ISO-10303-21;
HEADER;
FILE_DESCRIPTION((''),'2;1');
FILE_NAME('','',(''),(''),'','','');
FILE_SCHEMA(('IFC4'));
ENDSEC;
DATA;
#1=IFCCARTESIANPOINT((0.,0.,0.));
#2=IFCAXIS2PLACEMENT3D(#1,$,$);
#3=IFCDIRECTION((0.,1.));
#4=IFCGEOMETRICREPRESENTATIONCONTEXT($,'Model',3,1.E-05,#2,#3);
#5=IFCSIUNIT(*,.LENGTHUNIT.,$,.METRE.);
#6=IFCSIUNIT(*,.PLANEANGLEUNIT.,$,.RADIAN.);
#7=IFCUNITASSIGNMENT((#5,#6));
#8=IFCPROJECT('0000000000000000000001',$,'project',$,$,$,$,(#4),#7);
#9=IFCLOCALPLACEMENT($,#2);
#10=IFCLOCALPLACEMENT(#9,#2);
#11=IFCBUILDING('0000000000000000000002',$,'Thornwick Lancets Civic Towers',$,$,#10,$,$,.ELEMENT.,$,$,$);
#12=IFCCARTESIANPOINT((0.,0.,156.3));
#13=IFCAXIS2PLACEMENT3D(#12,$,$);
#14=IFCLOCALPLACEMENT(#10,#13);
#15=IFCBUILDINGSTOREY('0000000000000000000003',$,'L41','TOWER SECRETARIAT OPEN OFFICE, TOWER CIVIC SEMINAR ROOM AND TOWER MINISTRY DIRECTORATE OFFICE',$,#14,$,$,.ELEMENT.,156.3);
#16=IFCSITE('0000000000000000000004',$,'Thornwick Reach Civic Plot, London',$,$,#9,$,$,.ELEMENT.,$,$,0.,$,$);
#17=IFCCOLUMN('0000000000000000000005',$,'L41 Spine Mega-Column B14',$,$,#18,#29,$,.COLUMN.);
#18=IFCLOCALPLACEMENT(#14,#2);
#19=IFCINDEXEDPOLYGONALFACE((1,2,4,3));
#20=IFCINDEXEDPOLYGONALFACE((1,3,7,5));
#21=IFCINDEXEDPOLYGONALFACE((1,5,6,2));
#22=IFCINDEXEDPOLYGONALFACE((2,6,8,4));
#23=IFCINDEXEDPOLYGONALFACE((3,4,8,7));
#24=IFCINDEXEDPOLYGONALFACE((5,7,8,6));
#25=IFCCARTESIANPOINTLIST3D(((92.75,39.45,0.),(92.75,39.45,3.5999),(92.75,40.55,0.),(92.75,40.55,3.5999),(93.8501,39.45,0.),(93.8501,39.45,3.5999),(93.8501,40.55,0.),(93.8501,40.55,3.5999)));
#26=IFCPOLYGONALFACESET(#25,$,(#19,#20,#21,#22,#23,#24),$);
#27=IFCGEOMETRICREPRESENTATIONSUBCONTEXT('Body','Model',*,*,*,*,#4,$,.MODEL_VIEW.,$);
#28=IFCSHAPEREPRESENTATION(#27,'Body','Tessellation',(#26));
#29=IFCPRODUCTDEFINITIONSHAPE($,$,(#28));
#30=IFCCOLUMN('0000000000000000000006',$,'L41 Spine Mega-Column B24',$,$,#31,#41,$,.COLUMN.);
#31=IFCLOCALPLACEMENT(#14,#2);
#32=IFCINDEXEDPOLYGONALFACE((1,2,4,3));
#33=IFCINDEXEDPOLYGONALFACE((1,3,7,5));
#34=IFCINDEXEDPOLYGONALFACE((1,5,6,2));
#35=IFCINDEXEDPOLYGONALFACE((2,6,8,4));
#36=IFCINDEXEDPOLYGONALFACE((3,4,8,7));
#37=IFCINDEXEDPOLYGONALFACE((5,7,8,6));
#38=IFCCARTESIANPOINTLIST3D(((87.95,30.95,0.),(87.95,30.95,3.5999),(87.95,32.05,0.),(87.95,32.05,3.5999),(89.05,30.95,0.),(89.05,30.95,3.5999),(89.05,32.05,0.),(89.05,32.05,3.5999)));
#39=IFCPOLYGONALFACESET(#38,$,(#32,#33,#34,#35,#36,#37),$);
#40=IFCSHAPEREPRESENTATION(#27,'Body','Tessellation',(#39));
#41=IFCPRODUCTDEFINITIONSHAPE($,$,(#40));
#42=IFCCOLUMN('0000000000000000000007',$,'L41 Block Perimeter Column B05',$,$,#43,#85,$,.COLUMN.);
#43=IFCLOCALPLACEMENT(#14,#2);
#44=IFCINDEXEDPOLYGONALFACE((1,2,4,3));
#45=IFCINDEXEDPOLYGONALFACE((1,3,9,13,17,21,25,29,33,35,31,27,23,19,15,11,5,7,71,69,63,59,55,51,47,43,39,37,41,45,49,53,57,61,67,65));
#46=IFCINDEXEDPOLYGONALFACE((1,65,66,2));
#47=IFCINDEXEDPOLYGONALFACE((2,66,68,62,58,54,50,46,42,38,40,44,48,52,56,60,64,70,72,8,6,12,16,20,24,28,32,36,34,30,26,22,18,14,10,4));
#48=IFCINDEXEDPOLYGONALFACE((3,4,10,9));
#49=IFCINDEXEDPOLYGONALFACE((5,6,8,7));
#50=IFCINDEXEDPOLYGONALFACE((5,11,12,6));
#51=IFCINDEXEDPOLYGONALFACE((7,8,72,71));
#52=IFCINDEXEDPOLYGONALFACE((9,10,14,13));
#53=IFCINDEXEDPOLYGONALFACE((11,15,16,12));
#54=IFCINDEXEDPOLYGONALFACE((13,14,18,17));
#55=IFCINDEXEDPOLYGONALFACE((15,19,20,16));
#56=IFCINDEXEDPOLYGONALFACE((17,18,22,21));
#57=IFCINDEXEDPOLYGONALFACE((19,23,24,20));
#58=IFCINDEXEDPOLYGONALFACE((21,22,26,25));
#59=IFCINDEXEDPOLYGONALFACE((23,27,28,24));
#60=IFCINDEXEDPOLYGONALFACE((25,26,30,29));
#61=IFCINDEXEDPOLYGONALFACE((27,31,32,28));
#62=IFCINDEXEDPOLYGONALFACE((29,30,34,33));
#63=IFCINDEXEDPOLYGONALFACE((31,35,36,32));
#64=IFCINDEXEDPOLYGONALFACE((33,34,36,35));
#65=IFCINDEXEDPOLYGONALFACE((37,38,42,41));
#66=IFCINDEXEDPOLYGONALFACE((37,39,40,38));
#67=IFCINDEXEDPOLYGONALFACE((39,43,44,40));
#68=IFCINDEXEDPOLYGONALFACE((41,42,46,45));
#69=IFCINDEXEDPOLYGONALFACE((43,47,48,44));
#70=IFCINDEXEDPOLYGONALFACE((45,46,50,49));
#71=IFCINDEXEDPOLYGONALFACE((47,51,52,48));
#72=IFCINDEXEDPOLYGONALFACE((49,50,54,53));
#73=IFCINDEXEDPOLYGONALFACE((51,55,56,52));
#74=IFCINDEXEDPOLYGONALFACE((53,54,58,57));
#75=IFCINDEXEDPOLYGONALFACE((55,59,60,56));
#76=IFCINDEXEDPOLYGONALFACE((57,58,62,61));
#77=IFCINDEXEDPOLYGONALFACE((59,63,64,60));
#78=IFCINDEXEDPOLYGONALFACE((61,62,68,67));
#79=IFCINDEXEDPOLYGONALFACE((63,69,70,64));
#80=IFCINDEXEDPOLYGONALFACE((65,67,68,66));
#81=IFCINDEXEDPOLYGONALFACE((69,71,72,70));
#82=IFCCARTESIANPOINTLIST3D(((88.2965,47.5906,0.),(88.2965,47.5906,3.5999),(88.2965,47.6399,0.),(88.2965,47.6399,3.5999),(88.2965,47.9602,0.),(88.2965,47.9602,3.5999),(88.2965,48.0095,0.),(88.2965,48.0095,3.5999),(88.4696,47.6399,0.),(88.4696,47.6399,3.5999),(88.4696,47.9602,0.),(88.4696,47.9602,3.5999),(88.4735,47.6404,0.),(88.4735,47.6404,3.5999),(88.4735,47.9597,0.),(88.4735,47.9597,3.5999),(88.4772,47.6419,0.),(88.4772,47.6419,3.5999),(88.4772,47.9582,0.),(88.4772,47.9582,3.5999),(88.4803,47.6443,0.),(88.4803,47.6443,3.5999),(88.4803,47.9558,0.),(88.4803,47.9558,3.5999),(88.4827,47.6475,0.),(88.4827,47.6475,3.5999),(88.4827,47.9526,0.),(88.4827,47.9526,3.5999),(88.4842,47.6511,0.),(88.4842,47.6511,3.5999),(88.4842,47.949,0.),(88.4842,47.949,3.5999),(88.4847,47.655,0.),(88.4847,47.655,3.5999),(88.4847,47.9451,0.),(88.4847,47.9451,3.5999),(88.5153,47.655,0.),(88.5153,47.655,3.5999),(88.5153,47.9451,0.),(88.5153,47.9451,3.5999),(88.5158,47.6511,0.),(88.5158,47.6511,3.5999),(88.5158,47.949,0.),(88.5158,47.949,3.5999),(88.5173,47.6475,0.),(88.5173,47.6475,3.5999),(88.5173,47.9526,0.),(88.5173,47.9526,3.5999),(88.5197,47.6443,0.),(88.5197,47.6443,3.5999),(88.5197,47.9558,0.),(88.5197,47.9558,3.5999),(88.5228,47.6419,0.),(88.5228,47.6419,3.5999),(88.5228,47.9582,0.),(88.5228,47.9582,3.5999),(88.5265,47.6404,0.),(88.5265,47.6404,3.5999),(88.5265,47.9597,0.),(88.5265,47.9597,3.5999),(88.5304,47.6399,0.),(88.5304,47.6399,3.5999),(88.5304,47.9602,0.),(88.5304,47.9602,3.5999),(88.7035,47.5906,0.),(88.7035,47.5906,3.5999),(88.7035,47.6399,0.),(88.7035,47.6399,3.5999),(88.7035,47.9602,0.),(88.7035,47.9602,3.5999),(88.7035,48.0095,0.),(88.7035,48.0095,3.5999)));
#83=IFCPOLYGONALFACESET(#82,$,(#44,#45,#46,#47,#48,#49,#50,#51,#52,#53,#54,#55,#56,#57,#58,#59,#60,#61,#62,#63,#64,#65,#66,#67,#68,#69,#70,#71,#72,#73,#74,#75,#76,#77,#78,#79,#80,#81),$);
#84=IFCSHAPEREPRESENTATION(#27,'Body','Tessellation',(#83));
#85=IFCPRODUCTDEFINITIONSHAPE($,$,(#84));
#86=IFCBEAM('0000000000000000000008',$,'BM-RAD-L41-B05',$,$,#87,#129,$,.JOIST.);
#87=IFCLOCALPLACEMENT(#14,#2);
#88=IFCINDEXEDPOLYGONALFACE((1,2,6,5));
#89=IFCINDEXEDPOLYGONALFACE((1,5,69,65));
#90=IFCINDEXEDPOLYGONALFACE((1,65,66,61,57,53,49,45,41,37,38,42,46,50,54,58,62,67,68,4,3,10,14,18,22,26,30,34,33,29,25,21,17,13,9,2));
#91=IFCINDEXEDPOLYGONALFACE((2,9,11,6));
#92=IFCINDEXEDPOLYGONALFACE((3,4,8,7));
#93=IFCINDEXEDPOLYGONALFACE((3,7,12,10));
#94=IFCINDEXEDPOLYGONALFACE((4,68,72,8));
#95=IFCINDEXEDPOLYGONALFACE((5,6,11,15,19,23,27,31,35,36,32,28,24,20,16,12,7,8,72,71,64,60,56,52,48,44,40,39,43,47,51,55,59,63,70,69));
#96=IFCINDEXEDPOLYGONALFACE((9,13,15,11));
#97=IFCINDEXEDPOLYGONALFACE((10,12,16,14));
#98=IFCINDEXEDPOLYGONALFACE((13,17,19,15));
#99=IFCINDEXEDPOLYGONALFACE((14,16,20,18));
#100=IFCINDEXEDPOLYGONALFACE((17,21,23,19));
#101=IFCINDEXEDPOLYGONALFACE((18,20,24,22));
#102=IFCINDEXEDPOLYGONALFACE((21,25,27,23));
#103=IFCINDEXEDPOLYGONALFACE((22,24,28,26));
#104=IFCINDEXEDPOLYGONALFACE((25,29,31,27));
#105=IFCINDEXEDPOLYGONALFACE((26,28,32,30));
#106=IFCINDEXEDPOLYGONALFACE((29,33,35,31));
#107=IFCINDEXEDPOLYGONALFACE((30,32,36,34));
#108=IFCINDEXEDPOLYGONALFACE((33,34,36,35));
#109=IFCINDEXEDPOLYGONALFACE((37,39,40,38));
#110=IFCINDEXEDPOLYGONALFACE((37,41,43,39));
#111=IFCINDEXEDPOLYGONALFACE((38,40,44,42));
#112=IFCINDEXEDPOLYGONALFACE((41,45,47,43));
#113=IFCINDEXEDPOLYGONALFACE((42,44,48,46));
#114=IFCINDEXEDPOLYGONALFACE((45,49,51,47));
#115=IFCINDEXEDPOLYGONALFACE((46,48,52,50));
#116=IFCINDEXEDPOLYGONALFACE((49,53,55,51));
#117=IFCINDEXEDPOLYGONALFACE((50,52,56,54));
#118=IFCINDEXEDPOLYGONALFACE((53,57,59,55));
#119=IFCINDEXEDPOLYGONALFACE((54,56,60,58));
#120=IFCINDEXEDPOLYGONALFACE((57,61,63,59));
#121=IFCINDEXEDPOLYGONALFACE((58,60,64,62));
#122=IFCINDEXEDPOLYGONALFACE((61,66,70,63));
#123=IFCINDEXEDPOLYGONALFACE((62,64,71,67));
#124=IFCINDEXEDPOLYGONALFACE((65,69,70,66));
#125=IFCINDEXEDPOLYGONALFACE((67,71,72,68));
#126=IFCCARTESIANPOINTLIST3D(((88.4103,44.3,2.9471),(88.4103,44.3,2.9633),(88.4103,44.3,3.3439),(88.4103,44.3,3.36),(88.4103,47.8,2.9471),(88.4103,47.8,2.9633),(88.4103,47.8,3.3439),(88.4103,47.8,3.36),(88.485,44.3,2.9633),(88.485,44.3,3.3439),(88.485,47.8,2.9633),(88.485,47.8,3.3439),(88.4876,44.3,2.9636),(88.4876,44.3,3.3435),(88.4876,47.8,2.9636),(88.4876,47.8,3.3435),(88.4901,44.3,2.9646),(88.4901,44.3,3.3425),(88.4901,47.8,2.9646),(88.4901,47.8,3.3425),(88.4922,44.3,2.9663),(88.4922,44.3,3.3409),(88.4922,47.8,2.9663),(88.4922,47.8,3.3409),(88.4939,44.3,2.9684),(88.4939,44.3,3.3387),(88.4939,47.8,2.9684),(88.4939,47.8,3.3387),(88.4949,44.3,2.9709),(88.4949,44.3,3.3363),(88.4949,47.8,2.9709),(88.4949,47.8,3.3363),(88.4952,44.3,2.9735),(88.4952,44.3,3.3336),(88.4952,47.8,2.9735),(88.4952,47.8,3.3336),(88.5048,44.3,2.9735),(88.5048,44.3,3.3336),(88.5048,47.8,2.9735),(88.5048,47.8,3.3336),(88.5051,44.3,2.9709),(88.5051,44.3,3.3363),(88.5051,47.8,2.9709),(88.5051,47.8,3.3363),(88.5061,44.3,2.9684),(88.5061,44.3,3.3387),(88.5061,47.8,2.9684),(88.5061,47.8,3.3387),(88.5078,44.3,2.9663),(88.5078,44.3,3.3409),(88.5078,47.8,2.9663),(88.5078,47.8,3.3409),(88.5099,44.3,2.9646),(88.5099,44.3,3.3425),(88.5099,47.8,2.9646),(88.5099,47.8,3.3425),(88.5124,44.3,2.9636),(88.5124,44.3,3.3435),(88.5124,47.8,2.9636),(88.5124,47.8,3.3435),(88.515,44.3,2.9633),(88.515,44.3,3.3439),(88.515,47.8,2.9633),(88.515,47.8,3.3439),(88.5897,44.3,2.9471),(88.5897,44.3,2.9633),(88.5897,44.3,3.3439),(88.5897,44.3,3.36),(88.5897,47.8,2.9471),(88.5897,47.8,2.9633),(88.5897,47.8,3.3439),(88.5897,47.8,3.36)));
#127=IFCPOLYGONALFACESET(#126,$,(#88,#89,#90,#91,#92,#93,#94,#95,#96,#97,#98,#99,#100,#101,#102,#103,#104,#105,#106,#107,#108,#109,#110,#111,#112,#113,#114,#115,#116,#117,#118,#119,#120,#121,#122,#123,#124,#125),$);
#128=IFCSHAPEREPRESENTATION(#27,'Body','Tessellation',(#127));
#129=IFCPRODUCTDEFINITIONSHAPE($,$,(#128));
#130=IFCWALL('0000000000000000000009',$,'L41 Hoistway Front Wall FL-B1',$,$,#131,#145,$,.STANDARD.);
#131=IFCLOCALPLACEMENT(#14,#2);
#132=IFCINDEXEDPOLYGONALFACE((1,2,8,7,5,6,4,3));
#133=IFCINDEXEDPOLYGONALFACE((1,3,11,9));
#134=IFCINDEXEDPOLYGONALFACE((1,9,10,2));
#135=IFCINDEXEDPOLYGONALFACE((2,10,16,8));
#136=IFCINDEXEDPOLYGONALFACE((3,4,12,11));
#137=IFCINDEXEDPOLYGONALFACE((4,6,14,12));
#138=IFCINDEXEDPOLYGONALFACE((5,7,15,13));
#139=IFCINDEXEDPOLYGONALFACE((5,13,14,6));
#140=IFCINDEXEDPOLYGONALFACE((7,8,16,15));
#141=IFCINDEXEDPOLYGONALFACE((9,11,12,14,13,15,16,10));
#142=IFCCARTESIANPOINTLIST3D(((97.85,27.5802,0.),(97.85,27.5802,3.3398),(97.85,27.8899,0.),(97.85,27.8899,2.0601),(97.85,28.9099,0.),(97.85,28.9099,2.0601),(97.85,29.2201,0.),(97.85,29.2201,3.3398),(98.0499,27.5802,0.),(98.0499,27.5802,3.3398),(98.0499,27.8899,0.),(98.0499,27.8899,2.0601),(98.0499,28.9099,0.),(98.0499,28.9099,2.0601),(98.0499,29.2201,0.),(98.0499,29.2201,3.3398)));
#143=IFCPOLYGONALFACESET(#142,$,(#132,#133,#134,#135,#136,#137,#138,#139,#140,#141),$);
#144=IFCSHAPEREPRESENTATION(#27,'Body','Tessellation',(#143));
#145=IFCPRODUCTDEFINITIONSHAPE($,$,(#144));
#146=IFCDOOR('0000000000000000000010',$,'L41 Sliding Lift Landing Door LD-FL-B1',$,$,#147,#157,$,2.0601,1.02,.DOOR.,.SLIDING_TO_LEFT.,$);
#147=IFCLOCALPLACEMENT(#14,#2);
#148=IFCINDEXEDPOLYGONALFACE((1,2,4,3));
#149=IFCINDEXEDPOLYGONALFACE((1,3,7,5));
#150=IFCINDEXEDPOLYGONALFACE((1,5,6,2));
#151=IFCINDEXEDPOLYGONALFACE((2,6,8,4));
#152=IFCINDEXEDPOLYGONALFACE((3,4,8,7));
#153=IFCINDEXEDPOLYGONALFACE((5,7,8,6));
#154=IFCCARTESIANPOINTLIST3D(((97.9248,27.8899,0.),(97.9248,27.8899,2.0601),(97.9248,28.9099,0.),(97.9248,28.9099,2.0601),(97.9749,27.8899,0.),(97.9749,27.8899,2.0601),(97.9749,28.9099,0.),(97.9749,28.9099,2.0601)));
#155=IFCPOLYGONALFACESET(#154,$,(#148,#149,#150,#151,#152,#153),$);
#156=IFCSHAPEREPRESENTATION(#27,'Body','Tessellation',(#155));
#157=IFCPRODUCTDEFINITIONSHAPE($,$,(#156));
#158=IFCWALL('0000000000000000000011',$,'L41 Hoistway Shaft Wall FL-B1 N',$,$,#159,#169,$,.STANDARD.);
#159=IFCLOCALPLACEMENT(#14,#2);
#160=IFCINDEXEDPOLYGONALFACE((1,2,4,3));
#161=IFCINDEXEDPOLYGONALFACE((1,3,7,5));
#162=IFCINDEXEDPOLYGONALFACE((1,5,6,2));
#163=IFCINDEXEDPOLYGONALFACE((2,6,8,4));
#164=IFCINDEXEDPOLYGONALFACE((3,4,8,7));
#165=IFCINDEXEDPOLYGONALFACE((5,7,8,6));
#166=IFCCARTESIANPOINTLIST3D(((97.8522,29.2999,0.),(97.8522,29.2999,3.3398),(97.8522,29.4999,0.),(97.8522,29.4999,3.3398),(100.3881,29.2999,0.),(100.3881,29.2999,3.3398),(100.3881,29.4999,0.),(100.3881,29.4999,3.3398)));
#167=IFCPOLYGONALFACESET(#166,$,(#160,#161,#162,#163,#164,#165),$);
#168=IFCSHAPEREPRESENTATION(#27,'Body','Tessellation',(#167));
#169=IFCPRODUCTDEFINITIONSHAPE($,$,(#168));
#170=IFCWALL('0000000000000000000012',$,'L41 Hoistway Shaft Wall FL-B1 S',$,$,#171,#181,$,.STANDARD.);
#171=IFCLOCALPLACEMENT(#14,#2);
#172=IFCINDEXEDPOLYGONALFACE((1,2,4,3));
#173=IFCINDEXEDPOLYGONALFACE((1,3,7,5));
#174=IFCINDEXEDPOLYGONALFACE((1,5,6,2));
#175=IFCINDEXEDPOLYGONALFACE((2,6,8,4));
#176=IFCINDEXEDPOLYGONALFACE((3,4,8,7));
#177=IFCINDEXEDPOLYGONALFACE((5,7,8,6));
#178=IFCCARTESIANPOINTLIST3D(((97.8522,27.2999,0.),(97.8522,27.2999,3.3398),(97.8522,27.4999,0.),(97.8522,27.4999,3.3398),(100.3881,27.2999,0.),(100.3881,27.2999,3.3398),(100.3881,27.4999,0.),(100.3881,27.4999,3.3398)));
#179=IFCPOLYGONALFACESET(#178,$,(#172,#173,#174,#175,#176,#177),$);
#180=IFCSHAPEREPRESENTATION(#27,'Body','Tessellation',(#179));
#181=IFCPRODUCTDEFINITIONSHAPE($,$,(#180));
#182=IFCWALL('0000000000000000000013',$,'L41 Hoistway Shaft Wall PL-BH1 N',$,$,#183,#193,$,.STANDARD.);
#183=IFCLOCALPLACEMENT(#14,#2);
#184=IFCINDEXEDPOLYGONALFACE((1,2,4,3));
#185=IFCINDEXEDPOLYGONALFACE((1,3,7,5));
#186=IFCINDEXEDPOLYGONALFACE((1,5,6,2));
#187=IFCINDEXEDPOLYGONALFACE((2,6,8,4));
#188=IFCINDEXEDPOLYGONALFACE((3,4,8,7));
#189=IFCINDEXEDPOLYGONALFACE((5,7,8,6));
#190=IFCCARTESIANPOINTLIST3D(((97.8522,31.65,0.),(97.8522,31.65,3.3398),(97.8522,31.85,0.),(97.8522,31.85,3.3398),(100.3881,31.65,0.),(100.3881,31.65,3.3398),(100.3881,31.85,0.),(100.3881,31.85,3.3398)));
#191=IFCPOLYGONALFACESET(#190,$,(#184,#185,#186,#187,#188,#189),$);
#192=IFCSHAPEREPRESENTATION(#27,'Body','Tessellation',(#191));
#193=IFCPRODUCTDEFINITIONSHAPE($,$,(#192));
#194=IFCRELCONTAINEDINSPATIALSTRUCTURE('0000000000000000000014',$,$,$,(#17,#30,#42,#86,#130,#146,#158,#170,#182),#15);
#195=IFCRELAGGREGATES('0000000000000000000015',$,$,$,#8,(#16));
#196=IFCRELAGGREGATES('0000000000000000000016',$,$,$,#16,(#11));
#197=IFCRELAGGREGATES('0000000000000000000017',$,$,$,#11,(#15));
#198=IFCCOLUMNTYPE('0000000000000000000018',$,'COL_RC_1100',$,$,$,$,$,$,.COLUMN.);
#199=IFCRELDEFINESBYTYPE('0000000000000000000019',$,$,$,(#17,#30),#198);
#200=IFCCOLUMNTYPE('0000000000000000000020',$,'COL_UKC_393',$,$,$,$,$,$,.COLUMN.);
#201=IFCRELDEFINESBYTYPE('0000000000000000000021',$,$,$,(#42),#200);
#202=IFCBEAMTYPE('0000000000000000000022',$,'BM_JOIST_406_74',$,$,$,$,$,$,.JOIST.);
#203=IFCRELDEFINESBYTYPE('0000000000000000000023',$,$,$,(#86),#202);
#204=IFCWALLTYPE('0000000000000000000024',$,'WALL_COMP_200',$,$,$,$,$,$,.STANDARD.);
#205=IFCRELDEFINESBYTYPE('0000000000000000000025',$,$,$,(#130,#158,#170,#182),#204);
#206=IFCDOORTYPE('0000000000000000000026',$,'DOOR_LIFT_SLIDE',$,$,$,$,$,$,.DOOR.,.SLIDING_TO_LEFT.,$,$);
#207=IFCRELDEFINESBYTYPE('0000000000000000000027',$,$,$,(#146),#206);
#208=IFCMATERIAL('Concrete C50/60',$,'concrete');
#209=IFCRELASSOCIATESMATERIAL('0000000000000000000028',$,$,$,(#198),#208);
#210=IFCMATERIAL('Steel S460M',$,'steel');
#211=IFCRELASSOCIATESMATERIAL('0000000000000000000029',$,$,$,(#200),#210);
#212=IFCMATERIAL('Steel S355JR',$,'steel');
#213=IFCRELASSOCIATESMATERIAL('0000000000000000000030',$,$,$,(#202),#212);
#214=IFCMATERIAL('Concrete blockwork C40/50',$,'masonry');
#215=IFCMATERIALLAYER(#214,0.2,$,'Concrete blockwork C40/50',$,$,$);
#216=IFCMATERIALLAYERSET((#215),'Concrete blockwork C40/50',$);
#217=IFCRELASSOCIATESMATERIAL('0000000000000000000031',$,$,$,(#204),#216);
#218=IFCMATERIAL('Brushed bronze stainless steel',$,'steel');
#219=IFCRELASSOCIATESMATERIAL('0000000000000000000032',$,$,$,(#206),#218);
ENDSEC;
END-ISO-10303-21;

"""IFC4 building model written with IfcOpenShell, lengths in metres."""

from ifc_helpers import new_model, si_unit, direction, frame, frame_2d, origin, origin_2d, place, context, subcontext, project, spatial, rectangle, i_section, extrude, material, layer, layer_set, material_profile, profile_set, type_object, element, fill, save


model = new_model("IFC4")

# Units and contexts
model_context = context("Model", 3, precision=1e-05, world=origin(), true_north=direction((0.0, 1.0)))
body_context = subcontext(model_context, "Body", "Model", "MODEL_VIEW")
ifc_project = project(units=[si_unit("LENGTHUNIT", "METRE"), si_unit("PLANEANGLEUNIT", "RADIAN")], contexts=[model_context])

# Site, building, storey
site_placement = place(None, origin())
site = spatial("IfcSite", under=ifc_project, at=site_placement, Name="Thornwick Reach Civic Plot, London", CompositionType="ELEMENT", RefElevation=0.0)
building_placement = place(site_placement, origin())
building = spatial("IfcBuilding", under=site, at=building_placement, Name="Thornwick Lancets Civic Towers", CompositionType="ELEMENT")
storey_placement = place(building_placement, frame((0.0, 0.0, 156.3)))
storey = spatial("IfcBuildingStorey", under=building, at=storey_placement, Name="L41", Description="TOWER SECRETARIAT OPEN OFFICE, TOWER CIVIC SEMINAR ROOM AND TOWER MINISTRY DIRECTORATE OFFICE", CompositionType="ELEMENT", Elevation=156.3)

# Columns
ifc_material_1 = material(Name="Concrete C50/60", Category="concrete")
ifc_material_profile_1 = material_profile(ifc_material_1, rectangle(XDim=1.1001, YDim=1.1001, at=origin_2d()), Name="RC 1100x1100")
ifc_profile_set_1 = profile_set([ifc_material_profile_1], Name="Concrete C50/60")
column_type_1 = type_object("IfcColumnType", Name="COL_RC_1100", PredefinedType="COLUMN", material=ifc_profile_set_1)
for number, where, z_axis, x_axis, name in (
    (1, (93.3, 40.0, 0.0), (0.0, 0.0, 1.0), (1.0, 0.0, 0.0), "L41 Spine Mega-Column B14"),
    (2, (88.5, 31.5, 0.0), (0.0, 0.0, 1.0), (1.0, 0.0, 0.0), "L41 Spine Mega-Column B24"),
):
    element("IfcColumn", number, at=place(storey_placement, frame(where, z_axis=z_axis, x_axis=x_axis)), inside=storey, type_object=column_type_1, Name=name, PredefinedType="COLUMN", context=body_context, shape_type="SweptSolid", body=[
        extrude(rectangle(XDim=1.1001, YDim=1.1001, at=origin_2d()), origin(), (0.0, 0.0, 1.0), 3.5999),
    ])
ifc_material_2 = material(Name="Steel S460M", Category="steel")
ifc_material_profile_2 = material_profile(ifc_material_2, i_section(OverallWidth=0.407, OverallDepth=0.4189, WebThickness=0.0305, FlangeThickness=0.0493, FilletRadius=0.0151, at=origin_2d()), Name="UKC 356x406x393")
ifc_profile_set_2 = profile_set([ifc_material_profile_2], Name="Steel S460M")
column_type_2 = type_object("IfcColumnType", Name="COL_UKC_393", PredefinedType="COLUMN", material=ifc_profile_set_2)
column_placement = place(storey_placement, frame((88.5, 47.8, 0.0), z_axis=(0.0, 0.0, 1.0), x_axis=(1.0, 0.0, 0.0)))
element("IfcColumn", 3, at=column_placement, inside=storey, type_object=column_type_2, Name="L41 Block Perimeter Column B05", PredefinedType="COLUMN", context=body_context, shape_type="SweptSolid", body=[
    extrude(i_section(OverallWidth=0.407, OverallDepth=0.4189, WebThickness=0.0305, FlangeThickness=0.0493, FilletRadius=0.0151, at=origin_2d()), origin(), (0.0, 0.0, 1.0), 3.5999),
])

# Beam
ifc_material_3 = material(Name="Steel S355JR", Category="steel")
ifc_material_profile_3 = material_profile(ifc_material_3, i_section(OverallWidth=0.1794, OverallDepth=0.4128, WebThickness=0.0095, FlangeThickness=0.0161, FilletRadius=0.0103, at=origin_2d()), Name="UKB 406x178x74")
ifc_profile_set_3 = profile_set([ifc_material_profile_3], Name="Steel S355JR")
beam_type = type_object("IfcBeamType", Name="BM_JOIST_406_74", PredefinedType="JOIST", material=ifc_profile_set_3)
beam_placement = place(storey_placement, frame((88.5, 44.3, 3.1536), z_axis=(0.0, 1.0, 0.0), x_axis=(-1.0, 0.0, 0.0)))
element("IfcBeam", 4, at=beam_placement, inside=storey, type_object=beam_type, Name="BM-RAD-L41-B05", PredefinedType="JOIST", context=body_context, shape_type="SweptSolid", body=[
    extrude(i_section(OverallWidth=0.1794, OverallDepth=0.4128, WebThickness=0.0095, FlangeThickness=0.0161, FilletRadius=0.0103, at=origin_2d()), origin(), (0.0, 0.0, 1.0), 3.5),
])

# Wall, opening, door
ifc_material_4 = material(Name="Concrete blockwork C40/50", Category="masonry")
ifc_layer_1 = layer(ifc_material_4, 0.2, Name="Concrete blockwork C40/50")
ifc_layer_set_1 = layer_set([ifc_layer_1], Name="Concrete blockwork C40/50")
wall_type_1 = type_object("IfcWallType", Name="WALL_COMP_200", PredefinedType="STANDARD", material=ifc_layer_set_1)
wall_1_placement = place(storey_placement, frame((97.95, 29.22, 0.0), z_axis=(0.0, 0.0, 1.0), x_axis=(0.0, -1.0, 0.0)))
wall_1 = element("IfcWall", 5, at=wall_1_placement, inside=storey, type_object=wall_type_1, Name="L41 Hoistway Front Wall FL-B1", PredefinedType="STANDARD", context=body_context, shape_type="SweptSolid", body=[
    extrude(rectangle(XDim=1.6399, YDim=0.2, at=frame_2d((0.8198, 0.0))), origin(), (0.0, 0.0, 1.0), 3.3398),
])
opening_1_placement = place(wall_1_placement, frame((0.3101, 0.0, 0.0)))
opening_1 = element("IfcOpeningElement", 6, at=opening_1_placement, cuts=wall_1, PredefinedType="OPENING", context=body_context, shape_type="SweptSolid", body=[
    extrude(rectangle(XDim=1.02, YDim=2.0601, at=frame_2d((0.51, 1.03))), frame((0.0, 0.1099, 0.0), z_axis=(0.0, -1.0, 0.0), x_axis=(1.0, 0.0, 0.0)), (0.0, 0.0, 1.0), 0.22),
])
ifc_material_5 = material(Name="Brushed bronze stainless steel", Category="steel")
door_type_1 = type_object("IfcDoorType", Name="DOOR_LIFT_SLIDE", OperationType="SLIDING_TO_LEFT", PredefinedType="DOOR", material=ifc_material_5)
door_1_placement = place(opening_1_placement, origin())
door_1 = element("IfcDoor", 7, at=door_1_placement, inside=storey, type_object=door_type_1, Name="L41 Sliding Lift Landing Door LD-FL-B1", OperationType="SLIDING_TO_LEFT", OverallHeight=2.0601, OverallWidth=1.02, PredefinedType="DOOR", context=body_context, shape_type="SweptSolid", body=[
    extrude(rectangle(XDim=1.02, YDim=2.0601, at=frame_2d((0.51, 1.03))), frame((0.0, 0.0249, 0.0), z_axis=(0.0, -1.0, 0.0), x_axis=(1.0, 0.0, 0.0)), (0.0, 0.0, 1.0), 0.05),
])
fill(opening_1, door_1)

# Walls
for number, where, z_axis, x_axis, name in (
    (8, (97.8521, 29.3999, 0.0), (0.0, 0.0, 1.0), (1.0, 0.0, 0.0), "L41 Hoistway Shaft Wall FL-B1 N"),
    (9, (97.8521, 27.3999, 0.0), (0.0, 0.0, 1.0), (1.0, 0.0, 0.0), "L41 Hoistway Shaft Wall FL-B1 S"),
    (10, (97.8521, 31.75, 0.0), (0.0, 0.0, 1.0), (1.0, 0.0, 0.0), "L41 Hoistway Shaft Wall PL-BH1 N"),
):
    element("IfcWall", number, at=place(storey_placement, frame(where, z_axis=z_axis, x_axis=x_axis)), inside=storey, type_object=wall_type_1, Name=name, PredefinedType="STANDARD", context=body_context, shape_type="SweptSolid", body=[
        extrude(rectangle(XDim=2.5359, YDim=0.2, at=frame_2d((1.2681, 0.0))), origin(), (0.0, 0.0, 1.0), 3.3398),
    ])

save(model, "model.ifc")
